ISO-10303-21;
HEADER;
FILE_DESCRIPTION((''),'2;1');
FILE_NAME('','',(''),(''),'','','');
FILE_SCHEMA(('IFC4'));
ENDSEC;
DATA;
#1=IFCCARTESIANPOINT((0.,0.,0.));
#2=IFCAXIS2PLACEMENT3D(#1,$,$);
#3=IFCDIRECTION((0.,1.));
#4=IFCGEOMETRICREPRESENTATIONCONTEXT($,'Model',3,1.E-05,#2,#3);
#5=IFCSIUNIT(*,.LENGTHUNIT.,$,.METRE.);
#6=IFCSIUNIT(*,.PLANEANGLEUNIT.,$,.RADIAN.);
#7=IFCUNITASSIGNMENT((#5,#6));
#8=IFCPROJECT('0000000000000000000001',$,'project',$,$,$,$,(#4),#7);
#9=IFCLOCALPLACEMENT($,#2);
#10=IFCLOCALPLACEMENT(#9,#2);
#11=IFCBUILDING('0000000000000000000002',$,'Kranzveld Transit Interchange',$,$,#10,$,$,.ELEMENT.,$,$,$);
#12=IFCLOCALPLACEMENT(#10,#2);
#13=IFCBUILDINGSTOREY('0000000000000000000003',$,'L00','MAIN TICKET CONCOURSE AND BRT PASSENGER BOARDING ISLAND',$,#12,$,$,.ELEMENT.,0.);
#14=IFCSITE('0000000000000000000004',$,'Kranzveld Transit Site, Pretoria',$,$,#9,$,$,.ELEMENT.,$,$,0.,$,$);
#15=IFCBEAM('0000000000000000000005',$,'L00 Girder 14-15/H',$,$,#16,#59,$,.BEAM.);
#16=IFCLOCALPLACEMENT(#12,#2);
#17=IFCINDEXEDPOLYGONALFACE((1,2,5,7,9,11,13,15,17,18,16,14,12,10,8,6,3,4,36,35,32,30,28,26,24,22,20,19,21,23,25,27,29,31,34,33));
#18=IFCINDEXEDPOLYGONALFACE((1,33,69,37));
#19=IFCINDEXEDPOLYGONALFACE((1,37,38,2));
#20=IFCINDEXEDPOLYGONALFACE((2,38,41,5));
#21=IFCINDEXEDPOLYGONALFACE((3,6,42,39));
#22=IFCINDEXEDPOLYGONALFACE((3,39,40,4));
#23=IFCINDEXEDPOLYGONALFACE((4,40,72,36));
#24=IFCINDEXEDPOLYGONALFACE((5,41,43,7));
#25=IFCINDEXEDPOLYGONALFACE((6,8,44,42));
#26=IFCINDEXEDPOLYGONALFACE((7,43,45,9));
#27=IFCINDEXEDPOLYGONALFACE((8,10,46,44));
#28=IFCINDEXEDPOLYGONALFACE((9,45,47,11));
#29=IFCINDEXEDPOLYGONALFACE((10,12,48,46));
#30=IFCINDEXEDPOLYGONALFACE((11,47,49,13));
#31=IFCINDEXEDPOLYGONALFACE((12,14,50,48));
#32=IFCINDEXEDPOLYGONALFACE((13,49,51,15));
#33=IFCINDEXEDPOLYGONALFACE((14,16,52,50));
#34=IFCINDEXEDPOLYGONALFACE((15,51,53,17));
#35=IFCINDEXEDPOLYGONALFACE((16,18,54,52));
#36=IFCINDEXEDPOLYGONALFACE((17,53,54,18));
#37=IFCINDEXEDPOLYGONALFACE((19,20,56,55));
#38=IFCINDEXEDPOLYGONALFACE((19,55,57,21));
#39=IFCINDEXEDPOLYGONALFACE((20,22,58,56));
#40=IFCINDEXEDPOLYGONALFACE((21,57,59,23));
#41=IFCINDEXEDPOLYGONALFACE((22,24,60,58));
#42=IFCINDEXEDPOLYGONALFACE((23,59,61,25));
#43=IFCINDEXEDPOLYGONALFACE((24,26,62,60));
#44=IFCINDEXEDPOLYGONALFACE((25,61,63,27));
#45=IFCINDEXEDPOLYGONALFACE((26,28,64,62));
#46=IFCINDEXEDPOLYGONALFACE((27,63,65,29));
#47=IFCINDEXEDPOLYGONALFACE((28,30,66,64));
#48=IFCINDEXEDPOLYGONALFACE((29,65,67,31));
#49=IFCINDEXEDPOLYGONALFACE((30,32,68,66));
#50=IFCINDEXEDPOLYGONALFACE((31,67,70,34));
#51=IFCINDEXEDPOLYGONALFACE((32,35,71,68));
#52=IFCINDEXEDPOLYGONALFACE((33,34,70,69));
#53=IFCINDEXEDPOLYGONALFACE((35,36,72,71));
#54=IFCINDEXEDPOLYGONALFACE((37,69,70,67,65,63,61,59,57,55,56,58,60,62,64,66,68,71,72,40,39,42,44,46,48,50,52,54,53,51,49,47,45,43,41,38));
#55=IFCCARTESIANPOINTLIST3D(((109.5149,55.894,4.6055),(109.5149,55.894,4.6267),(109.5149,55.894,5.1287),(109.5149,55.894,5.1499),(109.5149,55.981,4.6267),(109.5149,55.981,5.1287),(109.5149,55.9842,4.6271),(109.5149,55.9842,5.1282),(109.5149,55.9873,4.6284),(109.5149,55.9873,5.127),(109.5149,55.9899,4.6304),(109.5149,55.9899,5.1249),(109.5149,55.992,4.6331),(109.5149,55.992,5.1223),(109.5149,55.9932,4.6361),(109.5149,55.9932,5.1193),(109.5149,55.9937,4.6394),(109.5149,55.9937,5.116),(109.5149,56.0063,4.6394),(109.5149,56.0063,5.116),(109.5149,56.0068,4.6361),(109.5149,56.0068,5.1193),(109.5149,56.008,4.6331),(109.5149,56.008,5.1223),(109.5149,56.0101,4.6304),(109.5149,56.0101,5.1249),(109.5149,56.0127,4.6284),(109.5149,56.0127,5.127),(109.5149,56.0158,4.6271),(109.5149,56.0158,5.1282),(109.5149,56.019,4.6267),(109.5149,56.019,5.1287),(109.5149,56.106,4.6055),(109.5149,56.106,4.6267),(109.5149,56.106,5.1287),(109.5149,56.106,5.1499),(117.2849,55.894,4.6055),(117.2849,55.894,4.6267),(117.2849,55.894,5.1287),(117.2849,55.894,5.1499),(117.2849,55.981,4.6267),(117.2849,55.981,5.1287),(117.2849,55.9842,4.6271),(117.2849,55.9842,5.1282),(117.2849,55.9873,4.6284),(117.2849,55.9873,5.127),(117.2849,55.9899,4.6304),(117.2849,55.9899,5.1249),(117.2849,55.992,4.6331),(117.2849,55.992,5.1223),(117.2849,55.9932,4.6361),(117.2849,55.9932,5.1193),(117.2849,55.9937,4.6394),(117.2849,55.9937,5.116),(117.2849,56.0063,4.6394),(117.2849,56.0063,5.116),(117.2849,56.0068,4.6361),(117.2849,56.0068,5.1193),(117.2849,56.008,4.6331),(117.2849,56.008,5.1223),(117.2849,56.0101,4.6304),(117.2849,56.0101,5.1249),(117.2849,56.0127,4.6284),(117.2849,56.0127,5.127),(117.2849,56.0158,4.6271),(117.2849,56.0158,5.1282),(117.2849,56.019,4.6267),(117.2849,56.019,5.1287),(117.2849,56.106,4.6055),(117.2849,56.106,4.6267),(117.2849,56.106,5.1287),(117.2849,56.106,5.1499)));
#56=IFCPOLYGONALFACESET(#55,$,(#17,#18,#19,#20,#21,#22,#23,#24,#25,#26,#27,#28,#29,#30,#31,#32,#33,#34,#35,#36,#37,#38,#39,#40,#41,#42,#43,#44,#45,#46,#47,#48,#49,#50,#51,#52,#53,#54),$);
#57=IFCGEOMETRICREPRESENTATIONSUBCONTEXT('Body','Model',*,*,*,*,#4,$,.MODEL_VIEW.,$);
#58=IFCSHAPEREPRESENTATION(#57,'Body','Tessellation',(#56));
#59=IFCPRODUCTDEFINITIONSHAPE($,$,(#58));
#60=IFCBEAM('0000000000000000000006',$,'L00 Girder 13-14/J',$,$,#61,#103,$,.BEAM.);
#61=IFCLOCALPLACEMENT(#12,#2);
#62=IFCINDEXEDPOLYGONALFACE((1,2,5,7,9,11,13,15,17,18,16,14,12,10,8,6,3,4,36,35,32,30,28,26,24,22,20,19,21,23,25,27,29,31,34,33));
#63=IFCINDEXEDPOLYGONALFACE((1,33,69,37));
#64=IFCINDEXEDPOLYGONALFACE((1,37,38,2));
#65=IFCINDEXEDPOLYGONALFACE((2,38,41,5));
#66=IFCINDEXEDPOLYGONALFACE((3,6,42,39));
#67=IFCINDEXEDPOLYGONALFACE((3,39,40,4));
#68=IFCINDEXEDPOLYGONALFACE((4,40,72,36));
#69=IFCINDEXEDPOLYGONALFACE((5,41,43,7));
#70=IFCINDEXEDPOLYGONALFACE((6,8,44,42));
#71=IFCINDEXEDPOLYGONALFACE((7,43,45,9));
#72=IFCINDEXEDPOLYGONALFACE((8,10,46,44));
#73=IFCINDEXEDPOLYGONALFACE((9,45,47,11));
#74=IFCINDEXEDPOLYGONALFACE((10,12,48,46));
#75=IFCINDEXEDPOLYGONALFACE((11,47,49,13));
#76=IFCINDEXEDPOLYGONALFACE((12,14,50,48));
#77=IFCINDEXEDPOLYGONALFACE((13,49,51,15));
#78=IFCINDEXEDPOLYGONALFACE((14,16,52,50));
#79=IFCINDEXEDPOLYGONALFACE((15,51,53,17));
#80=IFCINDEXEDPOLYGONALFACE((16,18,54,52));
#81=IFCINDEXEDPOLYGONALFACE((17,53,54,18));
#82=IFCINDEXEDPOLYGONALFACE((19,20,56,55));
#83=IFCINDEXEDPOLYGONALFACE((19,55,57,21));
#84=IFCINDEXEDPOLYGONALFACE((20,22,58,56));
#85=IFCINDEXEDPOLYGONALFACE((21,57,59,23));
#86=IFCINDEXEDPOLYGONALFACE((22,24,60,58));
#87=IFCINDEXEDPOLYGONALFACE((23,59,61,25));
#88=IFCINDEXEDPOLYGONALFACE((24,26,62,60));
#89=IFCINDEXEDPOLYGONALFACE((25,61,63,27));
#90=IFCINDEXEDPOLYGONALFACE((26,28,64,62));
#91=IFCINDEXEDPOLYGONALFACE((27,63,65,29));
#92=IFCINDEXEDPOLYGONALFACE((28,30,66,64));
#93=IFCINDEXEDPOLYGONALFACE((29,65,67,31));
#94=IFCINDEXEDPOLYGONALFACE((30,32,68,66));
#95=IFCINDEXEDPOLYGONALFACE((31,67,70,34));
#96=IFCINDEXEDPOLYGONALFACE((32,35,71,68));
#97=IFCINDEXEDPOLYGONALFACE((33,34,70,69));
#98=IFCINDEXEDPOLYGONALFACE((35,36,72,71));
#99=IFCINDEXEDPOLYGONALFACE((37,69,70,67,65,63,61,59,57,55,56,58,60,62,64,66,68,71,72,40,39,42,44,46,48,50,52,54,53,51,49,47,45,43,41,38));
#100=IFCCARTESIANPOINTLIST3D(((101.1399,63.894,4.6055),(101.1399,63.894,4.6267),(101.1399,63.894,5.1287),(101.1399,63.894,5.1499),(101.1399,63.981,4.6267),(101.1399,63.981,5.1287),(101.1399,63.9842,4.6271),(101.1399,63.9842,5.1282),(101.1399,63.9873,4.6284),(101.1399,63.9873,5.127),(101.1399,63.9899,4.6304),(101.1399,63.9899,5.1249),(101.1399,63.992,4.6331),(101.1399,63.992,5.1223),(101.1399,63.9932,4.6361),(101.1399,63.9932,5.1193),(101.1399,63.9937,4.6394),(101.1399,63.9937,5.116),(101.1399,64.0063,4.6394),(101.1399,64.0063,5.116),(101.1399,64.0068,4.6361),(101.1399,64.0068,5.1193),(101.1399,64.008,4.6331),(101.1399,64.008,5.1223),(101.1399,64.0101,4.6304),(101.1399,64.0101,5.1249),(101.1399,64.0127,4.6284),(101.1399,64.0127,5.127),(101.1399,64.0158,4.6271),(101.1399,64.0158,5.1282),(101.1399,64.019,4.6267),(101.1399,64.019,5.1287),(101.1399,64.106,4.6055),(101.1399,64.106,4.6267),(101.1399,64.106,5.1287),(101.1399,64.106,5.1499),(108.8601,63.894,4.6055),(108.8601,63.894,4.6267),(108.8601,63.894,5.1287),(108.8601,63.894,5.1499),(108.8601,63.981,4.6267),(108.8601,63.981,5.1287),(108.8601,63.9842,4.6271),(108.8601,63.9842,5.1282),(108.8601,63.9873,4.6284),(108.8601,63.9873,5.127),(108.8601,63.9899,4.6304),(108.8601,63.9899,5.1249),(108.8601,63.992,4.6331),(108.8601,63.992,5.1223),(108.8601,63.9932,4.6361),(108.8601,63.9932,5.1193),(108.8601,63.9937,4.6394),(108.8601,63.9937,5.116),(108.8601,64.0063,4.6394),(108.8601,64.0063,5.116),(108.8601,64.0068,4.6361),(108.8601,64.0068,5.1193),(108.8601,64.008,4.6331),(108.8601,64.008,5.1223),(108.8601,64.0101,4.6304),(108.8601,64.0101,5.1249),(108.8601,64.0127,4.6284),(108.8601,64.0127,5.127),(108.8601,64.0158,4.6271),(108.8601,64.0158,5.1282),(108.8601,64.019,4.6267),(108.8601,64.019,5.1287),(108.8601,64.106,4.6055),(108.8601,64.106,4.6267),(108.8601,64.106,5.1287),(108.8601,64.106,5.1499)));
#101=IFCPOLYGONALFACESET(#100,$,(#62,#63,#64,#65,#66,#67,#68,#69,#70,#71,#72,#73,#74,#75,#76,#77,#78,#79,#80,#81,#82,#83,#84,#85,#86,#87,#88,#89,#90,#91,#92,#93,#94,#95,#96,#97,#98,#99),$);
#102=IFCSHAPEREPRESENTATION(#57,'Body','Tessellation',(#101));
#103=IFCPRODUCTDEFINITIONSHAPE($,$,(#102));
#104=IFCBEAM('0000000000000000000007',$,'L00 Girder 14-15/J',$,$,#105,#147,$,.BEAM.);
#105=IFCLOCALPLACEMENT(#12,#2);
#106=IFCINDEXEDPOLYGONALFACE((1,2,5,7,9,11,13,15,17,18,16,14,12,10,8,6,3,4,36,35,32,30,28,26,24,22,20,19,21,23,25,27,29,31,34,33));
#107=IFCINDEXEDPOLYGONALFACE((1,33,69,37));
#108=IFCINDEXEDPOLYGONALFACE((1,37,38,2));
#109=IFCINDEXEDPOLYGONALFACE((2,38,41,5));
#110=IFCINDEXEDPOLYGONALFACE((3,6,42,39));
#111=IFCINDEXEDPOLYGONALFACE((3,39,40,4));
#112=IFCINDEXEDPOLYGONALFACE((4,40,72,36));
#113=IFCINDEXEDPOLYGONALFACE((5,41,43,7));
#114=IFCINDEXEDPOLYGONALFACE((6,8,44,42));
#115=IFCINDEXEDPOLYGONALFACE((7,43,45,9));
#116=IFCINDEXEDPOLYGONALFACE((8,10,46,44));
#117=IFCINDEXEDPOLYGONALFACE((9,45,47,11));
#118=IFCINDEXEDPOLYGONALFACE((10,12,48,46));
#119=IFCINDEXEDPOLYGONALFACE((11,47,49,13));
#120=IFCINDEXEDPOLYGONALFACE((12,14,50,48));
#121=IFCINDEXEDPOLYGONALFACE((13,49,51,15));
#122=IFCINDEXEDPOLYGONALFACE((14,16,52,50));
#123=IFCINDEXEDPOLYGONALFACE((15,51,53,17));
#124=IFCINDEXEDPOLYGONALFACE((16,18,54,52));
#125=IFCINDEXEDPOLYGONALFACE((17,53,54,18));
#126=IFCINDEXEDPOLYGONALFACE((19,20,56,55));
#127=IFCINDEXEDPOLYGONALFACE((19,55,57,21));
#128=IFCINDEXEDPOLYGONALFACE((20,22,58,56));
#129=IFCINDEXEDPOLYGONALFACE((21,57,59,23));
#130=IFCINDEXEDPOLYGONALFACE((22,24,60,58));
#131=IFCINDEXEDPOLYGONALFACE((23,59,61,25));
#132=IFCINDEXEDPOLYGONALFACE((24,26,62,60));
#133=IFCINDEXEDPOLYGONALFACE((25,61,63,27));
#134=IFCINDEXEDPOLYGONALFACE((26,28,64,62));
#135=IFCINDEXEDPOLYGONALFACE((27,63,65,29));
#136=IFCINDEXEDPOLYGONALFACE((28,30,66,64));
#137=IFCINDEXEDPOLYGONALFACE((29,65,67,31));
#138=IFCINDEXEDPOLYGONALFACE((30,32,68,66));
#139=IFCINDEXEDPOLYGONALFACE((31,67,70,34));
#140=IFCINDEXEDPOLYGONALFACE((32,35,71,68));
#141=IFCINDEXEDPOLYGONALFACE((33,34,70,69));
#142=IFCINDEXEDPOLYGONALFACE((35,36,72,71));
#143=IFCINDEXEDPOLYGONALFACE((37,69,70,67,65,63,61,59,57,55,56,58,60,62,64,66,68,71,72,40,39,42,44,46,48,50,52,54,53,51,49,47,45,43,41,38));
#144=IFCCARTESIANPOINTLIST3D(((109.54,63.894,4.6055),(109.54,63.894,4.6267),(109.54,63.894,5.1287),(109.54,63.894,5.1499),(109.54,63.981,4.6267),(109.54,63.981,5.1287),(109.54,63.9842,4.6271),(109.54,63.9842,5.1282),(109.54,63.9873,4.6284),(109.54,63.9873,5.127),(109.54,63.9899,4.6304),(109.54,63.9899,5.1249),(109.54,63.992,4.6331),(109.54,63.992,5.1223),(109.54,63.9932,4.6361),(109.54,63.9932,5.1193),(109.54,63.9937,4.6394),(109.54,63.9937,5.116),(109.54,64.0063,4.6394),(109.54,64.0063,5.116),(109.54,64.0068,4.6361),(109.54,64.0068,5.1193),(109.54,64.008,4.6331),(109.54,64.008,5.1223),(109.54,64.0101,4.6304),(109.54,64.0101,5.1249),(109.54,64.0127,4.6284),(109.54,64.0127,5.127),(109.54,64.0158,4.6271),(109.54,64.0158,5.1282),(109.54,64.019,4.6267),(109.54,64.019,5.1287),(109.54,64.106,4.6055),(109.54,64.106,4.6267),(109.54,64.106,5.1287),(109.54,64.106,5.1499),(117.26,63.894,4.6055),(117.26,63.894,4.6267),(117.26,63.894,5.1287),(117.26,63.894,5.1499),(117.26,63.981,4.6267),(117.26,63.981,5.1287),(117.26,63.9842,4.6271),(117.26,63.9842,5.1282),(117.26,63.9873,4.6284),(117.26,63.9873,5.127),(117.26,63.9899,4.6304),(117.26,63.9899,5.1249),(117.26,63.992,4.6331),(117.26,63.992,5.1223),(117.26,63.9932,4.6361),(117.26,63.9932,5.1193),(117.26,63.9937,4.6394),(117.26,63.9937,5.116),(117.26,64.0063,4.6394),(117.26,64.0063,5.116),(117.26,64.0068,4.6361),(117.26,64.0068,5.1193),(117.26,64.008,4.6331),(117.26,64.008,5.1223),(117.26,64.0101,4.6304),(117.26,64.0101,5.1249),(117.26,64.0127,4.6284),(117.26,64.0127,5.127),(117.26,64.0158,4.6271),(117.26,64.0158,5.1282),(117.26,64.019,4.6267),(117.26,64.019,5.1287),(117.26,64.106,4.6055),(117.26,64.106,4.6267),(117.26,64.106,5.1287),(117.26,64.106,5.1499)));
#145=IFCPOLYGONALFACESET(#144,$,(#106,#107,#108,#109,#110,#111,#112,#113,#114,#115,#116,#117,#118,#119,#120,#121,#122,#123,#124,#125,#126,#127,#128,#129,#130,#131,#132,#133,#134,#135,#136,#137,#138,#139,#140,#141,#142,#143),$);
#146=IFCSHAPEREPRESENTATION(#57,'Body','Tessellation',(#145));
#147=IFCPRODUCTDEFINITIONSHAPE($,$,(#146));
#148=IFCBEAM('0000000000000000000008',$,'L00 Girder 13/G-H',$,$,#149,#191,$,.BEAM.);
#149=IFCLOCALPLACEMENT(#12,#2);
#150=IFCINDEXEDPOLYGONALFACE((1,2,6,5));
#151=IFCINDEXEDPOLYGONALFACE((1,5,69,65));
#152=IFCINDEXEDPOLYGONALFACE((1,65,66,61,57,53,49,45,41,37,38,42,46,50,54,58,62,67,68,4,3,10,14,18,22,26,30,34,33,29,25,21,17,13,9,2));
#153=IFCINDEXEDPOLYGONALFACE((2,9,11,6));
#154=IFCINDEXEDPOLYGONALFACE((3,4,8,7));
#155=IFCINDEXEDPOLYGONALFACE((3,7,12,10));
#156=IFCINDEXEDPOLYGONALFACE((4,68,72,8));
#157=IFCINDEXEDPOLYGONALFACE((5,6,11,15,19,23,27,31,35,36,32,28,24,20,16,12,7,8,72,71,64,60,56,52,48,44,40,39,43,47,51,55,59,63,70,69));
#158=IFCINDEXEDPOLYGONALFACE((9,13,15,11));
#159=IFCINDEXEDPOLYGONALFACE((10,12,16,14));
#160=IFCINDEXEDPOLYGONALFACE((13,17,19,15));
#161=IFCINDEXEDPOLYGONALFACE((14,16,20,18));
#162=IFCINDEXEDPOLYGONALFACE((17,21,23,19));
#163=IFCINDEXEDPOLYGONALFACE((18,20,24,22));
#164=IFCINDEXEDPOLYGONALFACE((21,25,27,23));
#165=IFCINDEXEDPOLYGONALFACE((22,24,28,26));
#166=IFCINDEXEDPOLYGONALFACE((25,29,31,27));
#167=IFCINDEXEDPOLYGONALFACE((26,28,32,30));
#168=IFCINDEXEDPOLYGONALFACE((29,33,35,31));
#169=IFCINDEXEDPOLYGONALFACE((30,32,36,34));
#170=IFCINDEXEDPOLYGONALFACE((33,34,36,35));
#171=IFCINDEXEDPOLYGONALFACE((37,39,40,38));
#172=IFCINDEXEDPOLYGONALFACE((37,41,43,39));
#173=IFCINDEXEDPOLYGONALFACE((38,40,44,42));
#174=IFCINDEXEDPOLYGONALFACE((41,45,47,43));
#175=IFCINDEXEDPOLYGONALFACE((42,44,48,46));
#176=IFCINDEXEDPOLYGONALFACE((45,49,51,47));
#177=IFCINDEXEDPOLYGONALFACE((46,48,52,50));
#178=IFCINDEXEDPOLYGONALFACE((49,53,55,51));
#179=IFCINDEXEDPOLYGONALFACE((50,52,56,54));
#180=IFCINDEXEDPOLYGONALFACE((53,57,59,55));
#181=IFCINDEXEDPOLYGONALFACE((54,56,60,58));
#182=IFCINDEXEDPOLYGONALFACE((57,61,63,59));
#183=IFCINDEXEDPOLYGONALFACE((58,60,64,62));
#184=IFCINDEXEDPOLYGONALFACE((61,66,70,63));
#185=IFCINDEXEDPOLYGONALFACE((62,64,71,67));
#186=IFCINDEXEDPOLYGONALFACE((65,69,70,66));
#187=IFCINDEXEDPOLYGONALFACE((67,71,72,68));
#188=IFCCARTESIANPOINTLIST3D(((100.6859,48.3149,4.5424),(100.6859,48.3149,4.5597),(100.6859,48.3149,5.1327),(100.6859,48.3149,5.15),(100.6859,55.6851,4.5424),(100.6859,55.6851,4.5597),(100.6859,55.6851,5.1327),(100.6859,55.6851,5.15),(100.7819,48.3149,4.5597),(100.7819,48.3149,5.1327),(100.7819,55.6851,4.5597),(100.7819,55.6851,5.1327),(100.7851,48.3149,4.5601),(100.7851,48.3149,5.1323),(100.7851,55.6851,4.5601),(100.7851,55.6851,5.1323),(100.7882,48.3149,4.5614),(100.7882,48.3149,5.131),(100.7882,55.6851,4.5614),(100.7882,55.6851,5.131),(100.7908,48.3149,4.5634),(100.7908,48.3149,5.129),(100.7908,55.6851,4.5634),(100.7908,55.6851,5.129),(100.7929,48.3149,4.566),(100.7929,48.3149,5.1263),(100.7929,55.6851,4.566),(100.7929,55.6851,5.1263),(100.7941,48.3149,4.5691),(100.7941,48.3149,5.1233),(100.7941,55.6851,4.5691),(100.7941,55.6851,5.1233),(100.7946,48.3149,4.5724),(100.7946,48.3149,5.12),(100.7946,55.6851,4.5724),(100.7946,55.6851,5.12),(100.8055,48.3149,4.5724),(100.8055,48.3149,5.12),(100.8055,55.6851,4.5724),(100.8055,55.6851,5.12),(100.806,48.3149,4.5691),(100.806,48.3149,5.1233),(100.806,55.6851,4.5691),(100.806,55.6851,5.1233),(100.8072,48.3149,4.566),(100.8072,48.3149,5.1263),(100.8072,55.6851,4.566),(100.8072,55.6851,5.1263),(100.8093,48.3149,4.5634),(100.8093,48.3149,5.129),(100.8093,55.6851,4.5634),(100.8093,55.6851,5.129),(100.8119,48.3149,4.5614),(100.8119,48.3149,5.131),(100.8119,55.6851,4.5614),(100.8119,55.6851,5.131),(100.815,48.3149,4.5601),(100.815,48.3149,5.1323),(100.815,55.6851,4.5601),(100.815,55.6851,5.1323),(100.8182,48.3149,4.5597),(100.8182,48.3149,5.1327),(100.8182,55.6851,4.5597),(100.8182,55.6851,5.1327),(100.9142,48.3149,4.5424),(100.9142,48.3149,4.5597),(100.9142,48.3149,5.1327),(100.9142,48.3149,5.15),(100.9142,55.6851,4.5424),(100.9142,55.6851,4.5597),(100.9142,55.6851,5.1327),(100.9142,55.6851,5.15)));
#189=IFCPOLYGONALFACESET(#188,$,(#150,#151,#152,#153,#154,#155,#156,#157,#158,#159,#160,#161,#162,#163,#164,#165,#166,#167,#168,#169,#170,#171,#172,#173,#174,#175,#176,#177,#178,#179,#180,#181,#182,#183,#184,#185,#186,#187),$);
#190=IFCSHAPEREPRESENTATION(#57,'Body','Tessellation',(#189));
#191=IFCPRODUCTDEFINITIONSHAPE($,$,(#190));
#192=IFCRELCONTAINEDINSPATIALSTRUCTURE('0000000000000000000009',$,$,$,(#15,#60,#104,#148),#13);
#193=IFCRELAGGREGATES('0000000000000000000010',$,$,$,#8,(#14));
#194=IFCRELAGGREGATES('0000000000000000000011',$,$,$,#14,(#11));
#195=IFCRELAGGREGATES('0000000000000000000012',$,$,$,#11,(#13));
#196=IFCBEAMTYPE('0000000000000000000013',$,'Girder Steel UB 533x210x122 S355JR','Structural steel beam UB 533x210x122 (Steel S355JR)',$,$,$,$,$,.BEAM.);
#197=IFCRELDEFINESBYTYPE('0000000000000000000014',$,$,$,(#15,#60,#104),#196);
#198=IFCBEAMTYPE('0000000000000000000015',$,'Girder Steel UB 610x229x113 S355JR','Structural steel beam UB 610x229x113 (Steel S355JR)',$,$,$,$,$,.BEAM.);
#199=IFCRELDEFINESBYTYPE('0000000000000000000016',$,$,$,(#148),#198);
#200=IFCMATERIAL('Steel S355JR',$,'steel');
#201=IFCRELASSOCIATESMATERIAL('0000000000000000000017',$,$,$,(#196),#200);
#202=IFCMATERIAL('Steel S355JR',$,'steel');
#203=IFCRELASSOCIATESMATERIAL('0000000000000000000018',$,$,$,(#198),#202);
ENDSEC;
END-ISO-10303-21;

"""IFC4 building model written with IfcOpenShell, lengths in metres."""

from ifc_helpers import new_model, si_unit, direction, frame, origin, origin_2d, place, context, subcontext, project, spatial, i_section, extrude, material, material_profile, profile_set, type_object, element, save


model = new_model("IFC4")

# Units and contexts
model_context = context("Model", 3, precision=1e-05, world=origin(), true_north=direction((0.0, 1.0)))
body_context = subcontext(model_context, "Body", "Model", "MODEL_VIEW")
ifc_project = project(units=[si_unit("LENGTHUNIT", "METRE"), si_unit("PLANEANGLEUNIT", "RADIAN")], contexts=[model_context])

# Site, building, storey
site_placement = place(None, origin())
site = spatial("IfcSite", under=ifc_project, at=site_placement, Name="Kranzveld Transit Site, Pretoria", CompositionType="ELEMENT", RefElevation=0.0)
building_placement = place(site_placement, origin())
building = spatial("IfcBuilding", under=site, at=building_placement, Name="Kranzveld Transit Interchange", CompositionType="ELEMENT")
storey_placement = place(building_placement, origin())
storey = spatial("IfcBuildingStorey", under=building, at=storey_placement, Name="L00", Description="MAIN TICKET CONCOURSE AND BRT PASSENGER BOARDING ISLAND", CompositionType="ELEMENT", Elevation=0.0)

# Beams
ifc_material_1 = material(Name="Steel S355JR", Category="steel")
ifc_material_profile_1 = material_profile(ifc_material_1, i_section(OverallWidth=0.2119, OverallDepth=0.5444, WebThickness=0.0127, FlangeThickness=0.0212, FilletRadius=0.0127, at=origin_2d()), Name="UB 533x210x122")
ifc_profile_set_1 = profile_set([ifc_material_profile_1], Name="Steel S355JR")
beam_type_1 = type_object("IfcBeamType", Name="Girder Steel UB 533x210x122 S355JR", Description="Structural steel beam UB 533x210x122 (Steel S355JR)", PredefinedType="BEAM", material=ifc_profile_set_1)
for number, where, z_axis, x_axis, name in (
    (1, (109.5149, 56.0, 4.8777), (1.0, 0.0, 0.0), (0.0, 1.0, 0.0), "L00 Girder 14-15/H"),
):
    element("IfcBeam", number, at=place(storey_placement, frame(where, z_axis=z_axis, x_axis=x_axis)), inside=storey, type_object=beam_type_1, Name=name, PredefinedType="BEAM", context=body_context, shape_type="SweptSolid", body=[
        extrude(i_section(OverallWidth=0.2119, OverallDepth=0.5444, WebThickness=0.0127, FlangeThickness=0.0212, FilletRadius=0.0127, at=origin_2d()), origin(), (0.0, 0.0, 1.0), 7.77),
    ])
beam_1_placement = place(storey_placement, frame((101.1399, 64.0, 4.8777), z_axis=(1.0, 0.0, 0.0), x_axis=(0.0, 1.0, 0.0)))
element("IfcBeam", 2, at=beam_1_placement, inside=storey, type_object=beam_type_1, Name="L00 Girder 13-14/J", PredefinedType="BEAM", context=body_context, shape_type="SweptSolid", body=[
    extrude(i_section(OverallWidth=0.2119, OverallDepth=0.5444, WebThickness=0.0127, FlangeThickness=0.0212, FilletRadius=0.0127, at=origin_2d()), origin(), (0.0, 0.0, 1.0), 7.7202),
])
beam_2_placement = place(storey_placement, frame((109.54, 64.0, 4.8777), z_axis=(1.0, 0.0, 0.0), x_axis=(0.0, 1.0, 0.0)))
element("IfcBeam", 3, at=beam_2_placement, inside=storey, type_object=beam_type_1, Name="L00 Girder 14-15/J", PredefinedType="BEAM", context=body_context, shape_type="SweptSolid", body=[
    extrude(i_section(OverallWidth=0.2119, OverallDepth=0.5444, WebThickness=0.0127, FlangeThickness=0.0212, FilletRadius=0.0127, at=origin_2d()), origin(), (0.0, 0.0, 1.0), 7.72),
])
ifc_material_2 = material(Name="Steel S355JR", Category="steel")
ifc_material_profile_2 = material_profile(ifc_material_2, i_section(OverallWidth=0.2283, OverallDepth=0.6077, WebThickness=0.011, FlangeThickness=0.0173, FilletRadius=0.0127, at=origin_2d()), Name="UB 610x229x113")
ifc_profile_set_2 = profile_set([ifc_material_profile_2], Name="Steel S355JR")
beam_type_2 = type_object("IfcBeamType", Name="Girder Steel UB 610x229x113 S355JR", Description="Structural steel beam UB 610x229x113 (Steel S355JR)", PredefinedType="BEAM", material=ifc_profile_set_2)
beam_3_placement = place(storey_placement, frame((100.8, 48.3149, 4.8462), z_axis=(0.0, 1.0, 0.0), x_axis=(-1.0, 0.0, 0.0)))
element("IfcBeam", 4, at=beam_3_placement, inside=storey, type_object=beam_type_2, Name="L00 Girder 13/G-H", PredefinedType="BEAM", context=body_context, shape_type="SweptSolid", body=[
    extrude(i_section(OverallWidth=0.2283, OverallDepth=0.6077, WebThickness=0.011, FlangeThickness=0.0173, FilletRadius=0.0127, at=origin_2d()), origin(), (0.0, 0.0, 1.0), 7.3701),
])

save(model, "model.ifc")
